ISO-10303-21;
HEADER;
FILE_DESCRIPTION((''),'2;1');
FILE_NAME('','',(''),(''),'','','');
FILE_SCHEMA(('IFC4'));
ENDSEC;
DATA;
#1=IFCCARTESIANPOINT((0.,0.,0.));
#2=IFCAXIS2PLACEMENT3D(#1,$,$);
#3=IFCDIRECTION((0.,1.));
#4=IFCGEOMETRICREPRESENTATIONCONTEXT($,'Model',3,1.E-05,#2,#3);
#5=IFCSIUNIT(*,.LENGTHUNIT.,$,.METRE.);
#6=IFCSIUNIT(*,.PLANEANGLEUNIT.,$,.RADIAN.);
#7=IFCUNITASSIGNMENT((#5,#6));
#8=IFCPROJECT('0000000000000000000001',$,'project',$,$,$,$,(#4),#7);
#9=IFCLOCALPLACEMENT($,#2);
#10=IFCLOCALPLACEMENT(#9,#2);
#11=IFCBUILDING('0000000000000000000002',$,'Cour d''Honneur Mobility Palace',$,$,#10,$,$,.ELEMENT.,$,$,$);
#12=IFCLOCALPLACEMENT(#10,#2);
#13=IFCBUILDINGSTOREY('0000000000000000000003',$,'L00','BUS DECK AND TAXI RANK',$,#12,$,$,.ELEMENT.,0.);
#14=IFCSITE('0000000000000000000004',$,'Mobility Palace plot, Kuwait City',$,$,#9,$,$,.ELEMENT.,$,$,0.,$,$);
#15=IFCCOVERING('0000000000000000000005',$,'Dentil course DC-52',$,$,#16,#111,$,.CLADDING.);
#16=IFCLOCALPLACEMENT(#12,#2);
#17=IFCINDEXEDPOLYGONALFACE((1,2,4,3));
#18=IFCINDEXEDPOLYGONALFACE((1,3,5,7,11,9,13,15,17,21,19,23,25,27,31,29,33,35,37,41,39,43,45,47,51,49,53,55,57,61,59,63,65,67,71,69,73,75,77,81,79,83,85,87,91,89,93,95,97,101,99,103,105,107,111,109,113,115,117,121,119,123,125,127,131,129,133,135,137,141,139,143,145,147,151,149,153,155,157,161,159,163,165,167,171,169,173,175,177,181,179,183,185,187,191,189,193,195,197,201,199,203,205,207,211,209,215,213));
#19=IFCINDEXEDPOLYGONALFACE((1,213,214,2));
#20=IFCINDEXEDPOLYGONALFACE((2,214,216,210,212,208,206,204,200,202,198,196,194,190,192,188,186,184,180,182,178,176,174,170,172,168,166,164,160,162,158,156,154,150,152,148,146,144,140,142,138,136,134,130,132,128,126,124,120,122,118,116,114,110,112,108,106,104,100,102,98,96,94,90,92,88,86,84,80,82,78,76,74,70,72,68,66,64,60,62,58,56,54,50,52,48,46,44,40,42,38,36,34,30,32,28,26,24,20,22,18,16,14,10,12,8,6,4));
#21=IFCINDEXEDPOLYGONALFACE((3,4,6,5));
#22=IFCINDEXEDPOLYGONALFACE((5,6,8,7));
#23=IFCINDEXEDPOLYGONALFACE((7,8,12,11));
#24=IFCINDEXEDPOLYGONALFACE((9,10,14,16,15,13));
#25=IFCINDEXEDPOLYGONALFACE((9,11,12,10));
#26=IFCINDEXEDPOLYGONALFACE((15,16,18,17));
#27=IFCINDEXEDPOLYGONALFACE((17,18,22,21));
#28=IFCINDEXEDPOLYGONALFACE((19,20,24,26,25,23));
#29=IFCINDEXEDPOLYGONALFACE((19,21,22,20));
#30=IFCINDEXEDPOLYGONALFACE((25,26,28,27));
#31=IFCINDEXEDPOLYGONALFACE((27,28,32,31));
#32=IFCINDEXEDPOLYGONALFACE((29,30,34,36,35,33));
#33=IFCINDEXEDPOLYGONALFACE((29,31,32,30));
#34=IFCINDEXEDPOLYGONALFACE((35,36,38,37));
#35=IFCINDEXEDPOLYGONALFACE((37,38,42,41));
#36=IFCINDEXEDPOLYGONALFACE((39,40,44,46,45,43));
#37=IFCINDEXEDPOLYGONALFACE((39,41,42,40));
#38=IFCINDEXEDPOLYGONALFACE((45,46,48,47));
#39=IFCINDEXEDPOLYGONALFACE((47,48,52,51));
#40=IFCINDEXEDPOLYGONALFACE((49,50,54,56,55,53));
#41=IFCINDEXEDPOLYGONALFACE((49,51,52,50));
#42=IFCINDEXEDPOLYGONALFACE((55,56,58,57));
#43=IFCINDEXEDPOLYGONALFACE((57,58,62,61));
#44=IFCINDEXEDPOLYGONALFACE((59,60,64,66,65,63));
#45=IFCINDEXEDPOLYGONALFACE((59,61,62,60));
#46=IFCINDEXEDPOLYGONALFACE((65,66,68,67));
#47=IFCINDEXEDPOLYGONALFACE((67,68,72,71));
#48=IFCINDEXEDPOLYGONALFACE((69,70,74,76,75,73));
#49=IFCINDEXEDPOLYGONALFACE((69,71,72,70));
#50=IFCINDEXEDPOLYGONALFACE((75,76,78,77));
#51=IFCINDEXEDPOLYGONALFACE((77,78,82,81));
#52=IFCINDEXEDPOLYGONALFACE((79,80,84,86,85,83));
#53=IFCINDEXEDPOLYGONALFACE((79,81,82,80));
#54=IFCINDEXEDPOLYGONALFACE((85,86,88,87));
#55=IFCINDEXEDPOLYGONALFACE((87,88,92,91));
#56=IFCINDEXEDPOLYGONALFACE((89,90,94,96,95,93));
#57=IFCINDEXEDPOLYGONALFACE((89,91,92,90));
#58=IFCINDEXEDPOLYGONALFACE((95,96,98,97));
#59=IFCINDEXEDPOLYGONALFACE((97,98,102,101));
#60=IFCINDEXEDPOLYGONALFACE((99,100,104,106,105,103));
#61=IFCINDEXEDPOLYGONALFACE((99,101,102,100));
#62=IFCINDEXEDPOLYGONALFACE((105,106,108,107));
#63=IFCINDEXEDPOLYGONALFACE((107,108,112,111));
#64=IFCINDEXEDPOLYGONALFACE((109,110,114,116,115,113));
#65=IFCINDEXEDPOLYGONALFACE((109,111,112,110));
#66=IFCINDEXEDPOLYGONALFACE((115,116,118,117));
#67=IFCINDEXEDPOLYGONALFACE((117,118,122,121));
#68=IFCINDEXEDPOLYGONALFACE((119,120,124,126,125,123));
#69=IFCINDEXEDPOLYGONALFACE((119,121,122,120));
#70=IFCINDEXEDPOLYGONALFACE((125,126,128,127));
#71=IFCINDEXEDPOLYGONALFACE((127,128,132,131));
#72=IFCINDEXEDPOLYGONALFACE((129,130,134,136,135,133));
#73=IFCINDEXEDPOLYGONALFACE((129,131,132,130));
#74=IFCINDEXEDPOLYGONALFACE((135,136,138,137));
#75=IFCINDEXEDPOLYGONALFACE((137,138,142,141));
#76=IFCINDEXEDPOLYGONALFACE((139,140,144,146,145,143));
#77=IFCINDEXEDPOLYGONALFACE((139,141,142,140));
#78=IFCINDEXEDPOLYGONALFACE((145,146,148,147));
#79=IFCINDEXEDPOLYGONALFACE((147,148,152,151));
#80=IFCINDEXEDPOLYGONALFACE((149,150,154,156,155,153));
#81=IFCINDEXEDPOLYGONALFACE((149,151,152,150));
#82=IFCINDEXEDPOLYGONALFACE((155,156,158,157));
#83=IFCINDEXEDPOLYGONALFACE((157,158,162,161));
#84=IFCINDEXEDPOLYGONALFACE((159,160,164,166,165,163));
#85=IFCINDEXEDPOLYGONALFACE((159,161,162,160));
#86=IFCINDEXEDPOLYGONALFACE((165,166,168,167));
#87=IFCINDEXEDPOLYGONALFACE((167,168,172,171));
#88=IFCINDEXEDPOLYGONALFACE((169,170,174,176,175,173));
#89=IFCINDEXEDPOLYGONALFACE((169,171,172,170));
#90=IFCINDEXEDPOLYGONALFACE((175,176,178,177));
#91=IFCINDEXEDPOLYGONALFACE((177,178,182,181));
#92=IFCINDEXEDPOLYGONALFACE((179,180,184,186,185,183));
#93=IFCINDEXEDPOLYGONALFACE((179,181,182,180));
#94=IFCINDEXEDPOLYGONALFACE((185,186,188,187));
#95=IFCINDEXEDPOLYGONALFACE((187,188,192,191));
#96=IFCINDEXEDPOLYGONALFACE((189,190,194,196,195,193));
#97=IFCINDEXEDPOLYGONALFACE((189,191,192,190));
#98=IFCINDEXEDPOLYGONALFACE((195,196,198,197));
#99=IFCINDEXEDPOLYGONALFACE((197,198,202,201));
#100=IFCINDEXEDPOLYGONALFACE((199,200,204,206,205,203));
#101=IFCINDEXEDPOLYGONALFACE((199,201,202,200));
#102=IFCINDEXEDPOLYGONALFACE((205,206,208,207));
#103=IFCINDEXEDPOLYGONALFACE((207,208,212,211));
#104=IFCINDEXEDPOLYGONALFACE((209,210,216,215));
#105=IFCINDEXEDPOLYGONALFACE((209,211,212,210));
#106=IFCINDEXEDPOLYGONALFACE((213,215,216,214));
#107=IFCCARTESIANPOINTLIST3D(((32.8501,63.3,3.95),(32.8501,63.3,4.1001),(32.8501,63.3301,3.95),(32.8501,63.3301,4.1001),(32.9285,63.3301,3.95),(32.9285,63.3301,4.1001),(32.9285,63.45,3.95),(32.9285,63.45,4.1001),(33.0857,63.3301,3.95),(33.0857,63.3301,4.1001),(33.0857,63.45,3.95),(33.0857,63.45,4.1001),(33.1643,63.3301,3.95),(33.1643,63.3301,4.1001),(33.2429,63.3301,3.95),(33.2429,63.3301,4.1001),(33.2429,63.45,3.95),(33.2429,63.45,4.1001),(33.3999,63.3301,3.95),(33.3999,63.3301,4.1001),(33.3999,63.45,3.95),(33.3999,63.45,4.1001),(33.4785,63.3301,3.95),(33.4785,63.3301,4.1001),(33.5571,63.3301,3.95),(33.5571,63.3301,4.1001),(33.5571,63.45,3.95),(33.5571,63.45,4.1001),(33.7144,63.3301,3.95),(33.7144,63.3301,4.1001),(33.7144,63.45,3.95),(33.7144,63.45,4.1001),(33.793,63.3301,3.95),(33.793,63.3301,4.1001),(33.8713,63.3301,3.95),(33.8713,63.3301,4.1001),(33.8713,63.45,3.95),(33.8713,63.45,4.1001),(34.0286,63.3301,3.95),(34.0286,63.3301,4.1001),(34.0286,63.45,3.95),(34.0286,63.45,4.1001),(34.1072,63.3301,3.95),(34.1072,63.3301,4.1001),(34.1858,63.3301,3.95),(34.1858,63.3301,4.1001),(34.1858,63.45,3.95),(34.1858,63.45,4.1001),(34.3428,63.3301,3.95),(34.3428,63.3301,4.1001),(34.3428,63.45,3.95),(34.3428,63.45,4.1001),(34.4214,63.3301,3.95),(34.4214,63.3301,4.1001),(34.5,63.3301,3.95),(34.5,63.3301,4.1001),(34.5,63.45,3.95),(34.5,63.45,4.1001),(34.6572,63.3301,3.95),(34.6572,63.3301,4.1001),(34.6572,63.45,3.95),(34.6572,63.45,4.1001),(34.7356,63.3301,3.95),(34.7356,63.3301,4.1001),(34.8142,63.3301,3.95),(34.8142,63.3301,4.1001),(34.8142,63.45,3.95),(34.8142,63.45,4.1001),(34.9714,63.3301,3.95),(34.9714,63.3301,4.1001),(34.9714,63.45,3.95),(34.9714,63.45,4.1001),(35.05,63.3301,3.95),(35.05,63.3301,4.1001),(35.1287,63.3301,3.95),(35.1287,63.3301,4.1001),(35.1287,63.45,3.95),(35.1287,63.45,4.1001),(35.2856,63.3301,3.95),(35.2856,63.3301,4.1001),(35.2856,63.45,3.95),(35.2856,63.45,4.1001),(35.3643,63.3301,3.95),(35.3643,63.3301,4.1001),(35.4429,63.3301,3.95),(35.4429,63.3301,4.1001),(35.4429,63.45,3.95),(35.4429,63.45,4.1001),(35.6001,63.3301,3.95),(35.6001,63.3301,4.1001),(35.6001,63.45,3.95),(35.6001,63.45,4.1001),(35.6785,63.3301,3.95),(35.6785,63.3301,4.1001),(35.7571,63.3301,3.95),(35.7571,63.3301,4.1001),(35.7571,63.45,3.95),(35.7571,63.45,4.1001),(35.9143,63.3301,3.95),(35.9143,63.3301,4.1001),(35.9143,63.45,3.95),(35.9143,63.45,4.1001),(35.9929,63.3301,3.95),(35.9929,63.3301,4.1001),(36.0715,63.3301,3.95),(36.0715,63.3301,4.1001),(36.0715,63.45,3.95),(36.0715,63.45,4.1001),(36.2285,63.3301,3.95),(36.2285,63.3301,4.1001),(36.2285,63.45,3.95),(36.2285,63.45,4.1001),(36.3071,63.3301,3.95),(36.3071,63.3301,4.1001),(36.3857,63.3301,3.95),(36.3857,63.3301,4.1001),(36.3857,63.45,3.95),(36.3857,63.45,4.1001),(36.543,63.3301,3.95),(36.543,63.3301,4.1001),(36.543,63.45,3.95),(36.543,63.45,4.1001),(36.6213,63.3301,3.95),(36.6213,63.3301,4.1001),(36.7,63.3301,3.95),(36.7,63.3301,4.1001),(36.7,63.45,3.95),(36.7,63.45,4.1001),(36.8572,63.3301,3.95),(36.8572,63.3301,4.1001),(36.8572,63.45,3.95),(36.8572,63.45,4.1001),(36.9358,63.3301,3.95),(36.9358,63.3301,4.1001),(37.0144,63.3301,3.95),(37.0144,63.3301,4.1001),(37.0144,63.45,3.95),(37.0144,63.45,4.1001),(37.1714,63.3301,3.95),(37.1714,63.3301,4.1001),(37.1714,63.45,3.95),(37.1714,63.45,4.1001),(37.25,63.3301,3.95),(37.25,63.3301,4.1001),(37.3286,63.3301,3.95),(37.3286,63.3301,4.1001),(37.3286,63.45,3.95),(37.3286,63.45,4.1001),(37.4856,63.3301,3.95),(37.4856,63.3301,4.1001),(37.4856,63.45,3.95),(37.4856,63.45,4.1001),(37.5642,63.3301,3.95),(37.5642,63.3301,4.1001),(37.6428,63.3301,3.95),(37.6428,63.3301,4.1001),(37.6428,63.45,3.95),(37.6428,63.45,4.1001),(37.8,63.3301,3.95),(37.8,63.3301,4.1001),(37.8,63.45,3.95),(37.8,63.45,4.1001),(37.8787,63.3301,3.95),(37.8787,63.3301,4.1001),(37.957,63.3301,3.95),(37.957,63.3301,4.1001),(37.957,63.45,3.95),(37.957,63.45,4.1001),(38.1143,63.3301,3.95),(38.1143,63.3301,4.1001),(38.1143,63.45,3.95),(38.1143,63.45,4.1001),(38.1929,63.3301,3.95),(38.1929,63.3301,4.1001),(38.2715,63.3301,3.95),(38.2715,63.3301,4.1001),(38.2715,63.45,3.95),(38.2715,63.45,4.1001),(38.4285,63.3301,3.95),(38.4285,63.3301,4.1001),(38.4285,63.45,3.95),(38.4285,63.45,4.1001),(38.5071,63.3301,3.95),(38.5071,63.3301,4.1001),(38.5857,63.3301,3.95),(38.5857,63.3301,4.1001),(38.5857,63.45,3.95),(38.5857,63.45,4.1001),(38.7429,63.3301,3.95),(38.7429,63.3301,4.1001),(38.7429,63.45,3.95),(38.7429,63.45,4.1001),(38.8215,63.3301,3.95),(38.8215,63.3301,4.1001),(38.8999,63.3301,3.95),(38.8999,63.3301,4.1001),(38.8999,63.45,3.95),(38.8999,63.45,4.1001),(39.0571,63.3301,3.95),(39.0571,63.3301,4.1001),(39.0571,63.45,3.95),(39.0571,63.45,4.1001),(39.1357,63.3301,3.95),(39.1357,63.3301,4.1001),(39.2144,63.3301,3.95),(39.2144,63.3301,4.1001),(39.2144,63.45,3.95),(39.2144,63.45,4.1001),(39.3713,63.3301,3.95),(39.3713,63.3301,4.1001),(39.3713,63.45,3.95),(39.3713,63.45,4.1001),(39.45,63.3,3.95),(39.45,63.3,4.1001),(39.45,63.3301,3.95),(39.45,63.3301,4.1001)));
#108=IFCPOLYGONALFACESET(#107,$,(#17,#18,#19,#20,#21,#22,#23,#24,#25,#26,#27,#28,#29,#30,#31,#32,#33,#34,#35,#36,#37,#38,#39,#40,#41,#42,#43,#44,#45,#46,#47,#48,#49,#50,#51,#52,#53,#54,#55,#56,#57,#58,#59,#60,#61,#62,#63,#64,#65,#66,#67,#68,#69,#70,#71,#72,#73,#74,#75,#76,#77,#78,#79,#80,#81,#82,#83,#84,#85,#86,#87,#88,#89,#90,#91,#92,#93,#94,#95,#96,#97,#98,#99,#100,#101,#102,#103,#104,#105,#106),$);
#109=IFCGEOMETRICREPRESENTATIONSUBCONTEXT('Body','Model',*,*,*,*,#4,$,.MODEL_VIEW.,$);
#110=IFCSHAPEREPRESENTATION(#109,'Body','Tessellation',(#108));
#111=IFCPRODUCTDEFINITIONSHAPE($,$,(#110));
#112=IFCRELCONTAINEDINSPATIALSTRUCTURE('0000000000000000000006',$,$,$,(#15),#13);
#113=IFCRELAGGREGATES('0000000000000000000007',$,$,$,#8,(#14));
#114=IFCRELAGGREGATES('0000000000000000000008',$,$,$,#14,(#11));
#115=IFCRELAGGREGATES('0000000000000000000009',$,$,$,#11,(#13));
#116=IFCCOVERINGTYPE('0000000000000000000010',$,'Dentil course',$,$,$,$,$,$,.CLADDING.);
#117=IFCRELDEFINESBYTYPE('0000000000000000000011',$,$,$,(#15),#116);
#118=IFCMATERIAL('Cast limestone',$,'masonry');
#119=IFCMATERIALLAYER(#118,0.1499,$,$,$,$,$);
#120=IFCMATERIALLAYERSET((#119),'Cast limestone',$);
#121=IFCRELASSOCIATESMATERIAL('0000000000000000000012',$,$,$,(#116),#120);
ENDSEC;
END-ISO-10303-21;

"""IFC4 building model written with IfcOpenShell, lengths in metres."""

from ifc_helpers import new_model, si_unit, direction, frame, origin, place, context, subcontext, project, spatial, polyline, outline, extrude, material, layer, layer_set, type_object, element, save


model = new_model("IFC4")

# Units and contexts
model_context = context("Model", 3, precision=1e-05, world=origin(), true_north=direction((0.0, 1.0)))
body_context = subcontext(model_context, "Body", "Model", "MODEL_VIEW")
ifc_project = project(units=[si_unit("LENGTHUNIT", "METRE"), si_unit("PLANEANGLEUNIT", "RADIAN")], contexts=[model_context])

# Site, building, storey
site_placement = place(None, origin())
site = spatial("IfcSite", under=ifc_project, at=site_placement, Name="Mobility Palace plot, Kuwait City", CompositionType="ELEMENT", RefElevation=0.0)
building_placement = place(site_placement, origin())
building = spatial("IfcBuilding", under=site, at=building_placement, Name="Cour d'Honneur Mobility Palace", CompositionType="ELEMENT")
storey_placement = place(building_placement, origin())
storey = spatial("IfcBuildingStorey", under=building, at=storey_placement, Name="L00", Description="BUS DECK AND TAXI RANK", CompositionType="ELEMENT", Elevation=0.0)

# Covering
ifc_material = material(Name="Cast limestone", Category="masonry")
ifc_layer = layer(ifc_material, 0.1499)
ifc_layer_set = layer_set([ifc_layer], Name="Cast limestone")
covering_type = type_object("IfcCoveringType", Name="Dentil course", PredefinedType="CLADDING", material=ifc_layer_set)
covering_1_placement = place(storey_placement, frame((0.0, 0.0, 3.95)))
element("IfcCovering", 1, at=covering_1_placement, inside=storey, type_object=covering_type, Name="Dentil course DC-52", PredefinedType="CLADDING", context=body_context, shape_type="SweptSolid", body=[
    extrude(outline(polyline([(39.45, 63.3), (32.8501, 63.3), (32.8501, 63.3301), (32.8501, 63.3301), (32.9285, 63.3301), (32.9285, 63.45), (33.0857, 63.45), (33.0857, 63.3301), (33.1643, 63.3301), (33.1643, 63.3301), (33.2429, 63.3301), (33.2429, 63.45), (33.3999, 63.45), (33.3999, 63.3301), (33.4785, 63.3301), (33.4785, 63.3301), (33.5571, 63.3301), (33.5571, 63.45), (33.7144, 63.45), (33.7144, 63.3301), (33.793, 63.3301), (33.793, 63.3301), (33.8713, 63.3301), (33.8713, 63.45), (34.0286, 63.45), (34.0286, 63.3301), (34.1072, 63.3301), (34.1072, 63.3301), (34.1858, 63.3301), (34.1858, 63.45), (34.3428, 63.45), (34.3428, 63.3301), (34.4214, 63.3301), (34.4214, 63.3301), (34.5, 63.3301), (34.5, 63.45), (34.6572, 63.45), (34.6572, 63.3301), (34.7356, 63.3301), (34.7356, 63.3301), (34.8142, 63.3301), (34.8142, 63.45), (34.9714, 63.45), (34.9714, 63.3301), (35.05, 63.3301), (35.05, 63.3301), (35.1287, 63.3301), (35.1287, 63.45), (35.2856, 63.45), (35.2856, 63.3301), (35.3643, 63.3301), (35.3643, 63.3301), (35.4429, 63.3301), (35.4429, 63.45), (35.6001, 63.45), (35.6001, 63.3301), (35.6785, 63.3301), (35.6785, 63.3301), (35.7571, 63.3301), (35.7571, 63.45), (35.9143, 63.45), (35.9143, 63.3301), (35.9929, 63.3301), (35.9929, 63.3301), (36.0715, 63.3301), (36.0715, 63.45), (36.2285, 63.45), (36.2285, 63.3301), (36.3071, 63.3301), (36.3071, 63.3301), (36.3857, 63.3301), (36.3857, 63.45), (36.543, 63.45), (36.543, 63.3301), (36.6213, 63.3301), (36.6213, 63.3301), (36.7, 63.3301), (36.7, 63.45), (36.8572, 63.45), (36.8572, 63.3301), (36.9358, 63.3301), (36.9358, 63.3301), (37.0144, 63.3301), (37.0144, 63.45), (37.1714, 63.45), (37.1714, 63.3301), (37.25, 63.3301), (37.25, 63.3301), (37.3286, 63.3301), (37.3286, 63.45), (37.4856, 63.45), (37.4856, 63.3301), (37.5642, 63.3301), (37.5642, 63.3301), (37.6428, 63.3301), (37.6428, 63.45), (37.8, 63.45), (37.8, 63.3301), (37.8787, 63.3301), (37.8787, 63.3301), (37.957, 63.3301), (37.957, 63.45), (38.1143, 63.45), (38.1143, 63.3301), (38.1929, 63.3301), (38.1929, 63.3301), (38.2715, 63.3301), (38.2715, 63.45), (38.4285, 63.45), (38.4285, 63.3301), (38.5071, 63.3301), (38.5071, 63.3301), (38.5857, 63.3301), (38.5857, 63.45), (38.7429, 63.45), (38.7429, 63.3301), (38.8215, 63.3301), (38.8215, 63.3301), (38.8999, 63.3301), (38.8999, 63.45), (39.0571, 63.45), (39.0571, 63.3301), (39.1357, 63.3301), (39.1357, 63.3301), (39.2144, 63.3301), (39.2144, 63.45), (39.3713, 63.45), (39.3713, 63.3301), (39.45, 63.3301), (39.45, 63.3)])), origin(), (0.0, 0.0, 1.0), 0.1501),
])

save(model, "model.ifc")
